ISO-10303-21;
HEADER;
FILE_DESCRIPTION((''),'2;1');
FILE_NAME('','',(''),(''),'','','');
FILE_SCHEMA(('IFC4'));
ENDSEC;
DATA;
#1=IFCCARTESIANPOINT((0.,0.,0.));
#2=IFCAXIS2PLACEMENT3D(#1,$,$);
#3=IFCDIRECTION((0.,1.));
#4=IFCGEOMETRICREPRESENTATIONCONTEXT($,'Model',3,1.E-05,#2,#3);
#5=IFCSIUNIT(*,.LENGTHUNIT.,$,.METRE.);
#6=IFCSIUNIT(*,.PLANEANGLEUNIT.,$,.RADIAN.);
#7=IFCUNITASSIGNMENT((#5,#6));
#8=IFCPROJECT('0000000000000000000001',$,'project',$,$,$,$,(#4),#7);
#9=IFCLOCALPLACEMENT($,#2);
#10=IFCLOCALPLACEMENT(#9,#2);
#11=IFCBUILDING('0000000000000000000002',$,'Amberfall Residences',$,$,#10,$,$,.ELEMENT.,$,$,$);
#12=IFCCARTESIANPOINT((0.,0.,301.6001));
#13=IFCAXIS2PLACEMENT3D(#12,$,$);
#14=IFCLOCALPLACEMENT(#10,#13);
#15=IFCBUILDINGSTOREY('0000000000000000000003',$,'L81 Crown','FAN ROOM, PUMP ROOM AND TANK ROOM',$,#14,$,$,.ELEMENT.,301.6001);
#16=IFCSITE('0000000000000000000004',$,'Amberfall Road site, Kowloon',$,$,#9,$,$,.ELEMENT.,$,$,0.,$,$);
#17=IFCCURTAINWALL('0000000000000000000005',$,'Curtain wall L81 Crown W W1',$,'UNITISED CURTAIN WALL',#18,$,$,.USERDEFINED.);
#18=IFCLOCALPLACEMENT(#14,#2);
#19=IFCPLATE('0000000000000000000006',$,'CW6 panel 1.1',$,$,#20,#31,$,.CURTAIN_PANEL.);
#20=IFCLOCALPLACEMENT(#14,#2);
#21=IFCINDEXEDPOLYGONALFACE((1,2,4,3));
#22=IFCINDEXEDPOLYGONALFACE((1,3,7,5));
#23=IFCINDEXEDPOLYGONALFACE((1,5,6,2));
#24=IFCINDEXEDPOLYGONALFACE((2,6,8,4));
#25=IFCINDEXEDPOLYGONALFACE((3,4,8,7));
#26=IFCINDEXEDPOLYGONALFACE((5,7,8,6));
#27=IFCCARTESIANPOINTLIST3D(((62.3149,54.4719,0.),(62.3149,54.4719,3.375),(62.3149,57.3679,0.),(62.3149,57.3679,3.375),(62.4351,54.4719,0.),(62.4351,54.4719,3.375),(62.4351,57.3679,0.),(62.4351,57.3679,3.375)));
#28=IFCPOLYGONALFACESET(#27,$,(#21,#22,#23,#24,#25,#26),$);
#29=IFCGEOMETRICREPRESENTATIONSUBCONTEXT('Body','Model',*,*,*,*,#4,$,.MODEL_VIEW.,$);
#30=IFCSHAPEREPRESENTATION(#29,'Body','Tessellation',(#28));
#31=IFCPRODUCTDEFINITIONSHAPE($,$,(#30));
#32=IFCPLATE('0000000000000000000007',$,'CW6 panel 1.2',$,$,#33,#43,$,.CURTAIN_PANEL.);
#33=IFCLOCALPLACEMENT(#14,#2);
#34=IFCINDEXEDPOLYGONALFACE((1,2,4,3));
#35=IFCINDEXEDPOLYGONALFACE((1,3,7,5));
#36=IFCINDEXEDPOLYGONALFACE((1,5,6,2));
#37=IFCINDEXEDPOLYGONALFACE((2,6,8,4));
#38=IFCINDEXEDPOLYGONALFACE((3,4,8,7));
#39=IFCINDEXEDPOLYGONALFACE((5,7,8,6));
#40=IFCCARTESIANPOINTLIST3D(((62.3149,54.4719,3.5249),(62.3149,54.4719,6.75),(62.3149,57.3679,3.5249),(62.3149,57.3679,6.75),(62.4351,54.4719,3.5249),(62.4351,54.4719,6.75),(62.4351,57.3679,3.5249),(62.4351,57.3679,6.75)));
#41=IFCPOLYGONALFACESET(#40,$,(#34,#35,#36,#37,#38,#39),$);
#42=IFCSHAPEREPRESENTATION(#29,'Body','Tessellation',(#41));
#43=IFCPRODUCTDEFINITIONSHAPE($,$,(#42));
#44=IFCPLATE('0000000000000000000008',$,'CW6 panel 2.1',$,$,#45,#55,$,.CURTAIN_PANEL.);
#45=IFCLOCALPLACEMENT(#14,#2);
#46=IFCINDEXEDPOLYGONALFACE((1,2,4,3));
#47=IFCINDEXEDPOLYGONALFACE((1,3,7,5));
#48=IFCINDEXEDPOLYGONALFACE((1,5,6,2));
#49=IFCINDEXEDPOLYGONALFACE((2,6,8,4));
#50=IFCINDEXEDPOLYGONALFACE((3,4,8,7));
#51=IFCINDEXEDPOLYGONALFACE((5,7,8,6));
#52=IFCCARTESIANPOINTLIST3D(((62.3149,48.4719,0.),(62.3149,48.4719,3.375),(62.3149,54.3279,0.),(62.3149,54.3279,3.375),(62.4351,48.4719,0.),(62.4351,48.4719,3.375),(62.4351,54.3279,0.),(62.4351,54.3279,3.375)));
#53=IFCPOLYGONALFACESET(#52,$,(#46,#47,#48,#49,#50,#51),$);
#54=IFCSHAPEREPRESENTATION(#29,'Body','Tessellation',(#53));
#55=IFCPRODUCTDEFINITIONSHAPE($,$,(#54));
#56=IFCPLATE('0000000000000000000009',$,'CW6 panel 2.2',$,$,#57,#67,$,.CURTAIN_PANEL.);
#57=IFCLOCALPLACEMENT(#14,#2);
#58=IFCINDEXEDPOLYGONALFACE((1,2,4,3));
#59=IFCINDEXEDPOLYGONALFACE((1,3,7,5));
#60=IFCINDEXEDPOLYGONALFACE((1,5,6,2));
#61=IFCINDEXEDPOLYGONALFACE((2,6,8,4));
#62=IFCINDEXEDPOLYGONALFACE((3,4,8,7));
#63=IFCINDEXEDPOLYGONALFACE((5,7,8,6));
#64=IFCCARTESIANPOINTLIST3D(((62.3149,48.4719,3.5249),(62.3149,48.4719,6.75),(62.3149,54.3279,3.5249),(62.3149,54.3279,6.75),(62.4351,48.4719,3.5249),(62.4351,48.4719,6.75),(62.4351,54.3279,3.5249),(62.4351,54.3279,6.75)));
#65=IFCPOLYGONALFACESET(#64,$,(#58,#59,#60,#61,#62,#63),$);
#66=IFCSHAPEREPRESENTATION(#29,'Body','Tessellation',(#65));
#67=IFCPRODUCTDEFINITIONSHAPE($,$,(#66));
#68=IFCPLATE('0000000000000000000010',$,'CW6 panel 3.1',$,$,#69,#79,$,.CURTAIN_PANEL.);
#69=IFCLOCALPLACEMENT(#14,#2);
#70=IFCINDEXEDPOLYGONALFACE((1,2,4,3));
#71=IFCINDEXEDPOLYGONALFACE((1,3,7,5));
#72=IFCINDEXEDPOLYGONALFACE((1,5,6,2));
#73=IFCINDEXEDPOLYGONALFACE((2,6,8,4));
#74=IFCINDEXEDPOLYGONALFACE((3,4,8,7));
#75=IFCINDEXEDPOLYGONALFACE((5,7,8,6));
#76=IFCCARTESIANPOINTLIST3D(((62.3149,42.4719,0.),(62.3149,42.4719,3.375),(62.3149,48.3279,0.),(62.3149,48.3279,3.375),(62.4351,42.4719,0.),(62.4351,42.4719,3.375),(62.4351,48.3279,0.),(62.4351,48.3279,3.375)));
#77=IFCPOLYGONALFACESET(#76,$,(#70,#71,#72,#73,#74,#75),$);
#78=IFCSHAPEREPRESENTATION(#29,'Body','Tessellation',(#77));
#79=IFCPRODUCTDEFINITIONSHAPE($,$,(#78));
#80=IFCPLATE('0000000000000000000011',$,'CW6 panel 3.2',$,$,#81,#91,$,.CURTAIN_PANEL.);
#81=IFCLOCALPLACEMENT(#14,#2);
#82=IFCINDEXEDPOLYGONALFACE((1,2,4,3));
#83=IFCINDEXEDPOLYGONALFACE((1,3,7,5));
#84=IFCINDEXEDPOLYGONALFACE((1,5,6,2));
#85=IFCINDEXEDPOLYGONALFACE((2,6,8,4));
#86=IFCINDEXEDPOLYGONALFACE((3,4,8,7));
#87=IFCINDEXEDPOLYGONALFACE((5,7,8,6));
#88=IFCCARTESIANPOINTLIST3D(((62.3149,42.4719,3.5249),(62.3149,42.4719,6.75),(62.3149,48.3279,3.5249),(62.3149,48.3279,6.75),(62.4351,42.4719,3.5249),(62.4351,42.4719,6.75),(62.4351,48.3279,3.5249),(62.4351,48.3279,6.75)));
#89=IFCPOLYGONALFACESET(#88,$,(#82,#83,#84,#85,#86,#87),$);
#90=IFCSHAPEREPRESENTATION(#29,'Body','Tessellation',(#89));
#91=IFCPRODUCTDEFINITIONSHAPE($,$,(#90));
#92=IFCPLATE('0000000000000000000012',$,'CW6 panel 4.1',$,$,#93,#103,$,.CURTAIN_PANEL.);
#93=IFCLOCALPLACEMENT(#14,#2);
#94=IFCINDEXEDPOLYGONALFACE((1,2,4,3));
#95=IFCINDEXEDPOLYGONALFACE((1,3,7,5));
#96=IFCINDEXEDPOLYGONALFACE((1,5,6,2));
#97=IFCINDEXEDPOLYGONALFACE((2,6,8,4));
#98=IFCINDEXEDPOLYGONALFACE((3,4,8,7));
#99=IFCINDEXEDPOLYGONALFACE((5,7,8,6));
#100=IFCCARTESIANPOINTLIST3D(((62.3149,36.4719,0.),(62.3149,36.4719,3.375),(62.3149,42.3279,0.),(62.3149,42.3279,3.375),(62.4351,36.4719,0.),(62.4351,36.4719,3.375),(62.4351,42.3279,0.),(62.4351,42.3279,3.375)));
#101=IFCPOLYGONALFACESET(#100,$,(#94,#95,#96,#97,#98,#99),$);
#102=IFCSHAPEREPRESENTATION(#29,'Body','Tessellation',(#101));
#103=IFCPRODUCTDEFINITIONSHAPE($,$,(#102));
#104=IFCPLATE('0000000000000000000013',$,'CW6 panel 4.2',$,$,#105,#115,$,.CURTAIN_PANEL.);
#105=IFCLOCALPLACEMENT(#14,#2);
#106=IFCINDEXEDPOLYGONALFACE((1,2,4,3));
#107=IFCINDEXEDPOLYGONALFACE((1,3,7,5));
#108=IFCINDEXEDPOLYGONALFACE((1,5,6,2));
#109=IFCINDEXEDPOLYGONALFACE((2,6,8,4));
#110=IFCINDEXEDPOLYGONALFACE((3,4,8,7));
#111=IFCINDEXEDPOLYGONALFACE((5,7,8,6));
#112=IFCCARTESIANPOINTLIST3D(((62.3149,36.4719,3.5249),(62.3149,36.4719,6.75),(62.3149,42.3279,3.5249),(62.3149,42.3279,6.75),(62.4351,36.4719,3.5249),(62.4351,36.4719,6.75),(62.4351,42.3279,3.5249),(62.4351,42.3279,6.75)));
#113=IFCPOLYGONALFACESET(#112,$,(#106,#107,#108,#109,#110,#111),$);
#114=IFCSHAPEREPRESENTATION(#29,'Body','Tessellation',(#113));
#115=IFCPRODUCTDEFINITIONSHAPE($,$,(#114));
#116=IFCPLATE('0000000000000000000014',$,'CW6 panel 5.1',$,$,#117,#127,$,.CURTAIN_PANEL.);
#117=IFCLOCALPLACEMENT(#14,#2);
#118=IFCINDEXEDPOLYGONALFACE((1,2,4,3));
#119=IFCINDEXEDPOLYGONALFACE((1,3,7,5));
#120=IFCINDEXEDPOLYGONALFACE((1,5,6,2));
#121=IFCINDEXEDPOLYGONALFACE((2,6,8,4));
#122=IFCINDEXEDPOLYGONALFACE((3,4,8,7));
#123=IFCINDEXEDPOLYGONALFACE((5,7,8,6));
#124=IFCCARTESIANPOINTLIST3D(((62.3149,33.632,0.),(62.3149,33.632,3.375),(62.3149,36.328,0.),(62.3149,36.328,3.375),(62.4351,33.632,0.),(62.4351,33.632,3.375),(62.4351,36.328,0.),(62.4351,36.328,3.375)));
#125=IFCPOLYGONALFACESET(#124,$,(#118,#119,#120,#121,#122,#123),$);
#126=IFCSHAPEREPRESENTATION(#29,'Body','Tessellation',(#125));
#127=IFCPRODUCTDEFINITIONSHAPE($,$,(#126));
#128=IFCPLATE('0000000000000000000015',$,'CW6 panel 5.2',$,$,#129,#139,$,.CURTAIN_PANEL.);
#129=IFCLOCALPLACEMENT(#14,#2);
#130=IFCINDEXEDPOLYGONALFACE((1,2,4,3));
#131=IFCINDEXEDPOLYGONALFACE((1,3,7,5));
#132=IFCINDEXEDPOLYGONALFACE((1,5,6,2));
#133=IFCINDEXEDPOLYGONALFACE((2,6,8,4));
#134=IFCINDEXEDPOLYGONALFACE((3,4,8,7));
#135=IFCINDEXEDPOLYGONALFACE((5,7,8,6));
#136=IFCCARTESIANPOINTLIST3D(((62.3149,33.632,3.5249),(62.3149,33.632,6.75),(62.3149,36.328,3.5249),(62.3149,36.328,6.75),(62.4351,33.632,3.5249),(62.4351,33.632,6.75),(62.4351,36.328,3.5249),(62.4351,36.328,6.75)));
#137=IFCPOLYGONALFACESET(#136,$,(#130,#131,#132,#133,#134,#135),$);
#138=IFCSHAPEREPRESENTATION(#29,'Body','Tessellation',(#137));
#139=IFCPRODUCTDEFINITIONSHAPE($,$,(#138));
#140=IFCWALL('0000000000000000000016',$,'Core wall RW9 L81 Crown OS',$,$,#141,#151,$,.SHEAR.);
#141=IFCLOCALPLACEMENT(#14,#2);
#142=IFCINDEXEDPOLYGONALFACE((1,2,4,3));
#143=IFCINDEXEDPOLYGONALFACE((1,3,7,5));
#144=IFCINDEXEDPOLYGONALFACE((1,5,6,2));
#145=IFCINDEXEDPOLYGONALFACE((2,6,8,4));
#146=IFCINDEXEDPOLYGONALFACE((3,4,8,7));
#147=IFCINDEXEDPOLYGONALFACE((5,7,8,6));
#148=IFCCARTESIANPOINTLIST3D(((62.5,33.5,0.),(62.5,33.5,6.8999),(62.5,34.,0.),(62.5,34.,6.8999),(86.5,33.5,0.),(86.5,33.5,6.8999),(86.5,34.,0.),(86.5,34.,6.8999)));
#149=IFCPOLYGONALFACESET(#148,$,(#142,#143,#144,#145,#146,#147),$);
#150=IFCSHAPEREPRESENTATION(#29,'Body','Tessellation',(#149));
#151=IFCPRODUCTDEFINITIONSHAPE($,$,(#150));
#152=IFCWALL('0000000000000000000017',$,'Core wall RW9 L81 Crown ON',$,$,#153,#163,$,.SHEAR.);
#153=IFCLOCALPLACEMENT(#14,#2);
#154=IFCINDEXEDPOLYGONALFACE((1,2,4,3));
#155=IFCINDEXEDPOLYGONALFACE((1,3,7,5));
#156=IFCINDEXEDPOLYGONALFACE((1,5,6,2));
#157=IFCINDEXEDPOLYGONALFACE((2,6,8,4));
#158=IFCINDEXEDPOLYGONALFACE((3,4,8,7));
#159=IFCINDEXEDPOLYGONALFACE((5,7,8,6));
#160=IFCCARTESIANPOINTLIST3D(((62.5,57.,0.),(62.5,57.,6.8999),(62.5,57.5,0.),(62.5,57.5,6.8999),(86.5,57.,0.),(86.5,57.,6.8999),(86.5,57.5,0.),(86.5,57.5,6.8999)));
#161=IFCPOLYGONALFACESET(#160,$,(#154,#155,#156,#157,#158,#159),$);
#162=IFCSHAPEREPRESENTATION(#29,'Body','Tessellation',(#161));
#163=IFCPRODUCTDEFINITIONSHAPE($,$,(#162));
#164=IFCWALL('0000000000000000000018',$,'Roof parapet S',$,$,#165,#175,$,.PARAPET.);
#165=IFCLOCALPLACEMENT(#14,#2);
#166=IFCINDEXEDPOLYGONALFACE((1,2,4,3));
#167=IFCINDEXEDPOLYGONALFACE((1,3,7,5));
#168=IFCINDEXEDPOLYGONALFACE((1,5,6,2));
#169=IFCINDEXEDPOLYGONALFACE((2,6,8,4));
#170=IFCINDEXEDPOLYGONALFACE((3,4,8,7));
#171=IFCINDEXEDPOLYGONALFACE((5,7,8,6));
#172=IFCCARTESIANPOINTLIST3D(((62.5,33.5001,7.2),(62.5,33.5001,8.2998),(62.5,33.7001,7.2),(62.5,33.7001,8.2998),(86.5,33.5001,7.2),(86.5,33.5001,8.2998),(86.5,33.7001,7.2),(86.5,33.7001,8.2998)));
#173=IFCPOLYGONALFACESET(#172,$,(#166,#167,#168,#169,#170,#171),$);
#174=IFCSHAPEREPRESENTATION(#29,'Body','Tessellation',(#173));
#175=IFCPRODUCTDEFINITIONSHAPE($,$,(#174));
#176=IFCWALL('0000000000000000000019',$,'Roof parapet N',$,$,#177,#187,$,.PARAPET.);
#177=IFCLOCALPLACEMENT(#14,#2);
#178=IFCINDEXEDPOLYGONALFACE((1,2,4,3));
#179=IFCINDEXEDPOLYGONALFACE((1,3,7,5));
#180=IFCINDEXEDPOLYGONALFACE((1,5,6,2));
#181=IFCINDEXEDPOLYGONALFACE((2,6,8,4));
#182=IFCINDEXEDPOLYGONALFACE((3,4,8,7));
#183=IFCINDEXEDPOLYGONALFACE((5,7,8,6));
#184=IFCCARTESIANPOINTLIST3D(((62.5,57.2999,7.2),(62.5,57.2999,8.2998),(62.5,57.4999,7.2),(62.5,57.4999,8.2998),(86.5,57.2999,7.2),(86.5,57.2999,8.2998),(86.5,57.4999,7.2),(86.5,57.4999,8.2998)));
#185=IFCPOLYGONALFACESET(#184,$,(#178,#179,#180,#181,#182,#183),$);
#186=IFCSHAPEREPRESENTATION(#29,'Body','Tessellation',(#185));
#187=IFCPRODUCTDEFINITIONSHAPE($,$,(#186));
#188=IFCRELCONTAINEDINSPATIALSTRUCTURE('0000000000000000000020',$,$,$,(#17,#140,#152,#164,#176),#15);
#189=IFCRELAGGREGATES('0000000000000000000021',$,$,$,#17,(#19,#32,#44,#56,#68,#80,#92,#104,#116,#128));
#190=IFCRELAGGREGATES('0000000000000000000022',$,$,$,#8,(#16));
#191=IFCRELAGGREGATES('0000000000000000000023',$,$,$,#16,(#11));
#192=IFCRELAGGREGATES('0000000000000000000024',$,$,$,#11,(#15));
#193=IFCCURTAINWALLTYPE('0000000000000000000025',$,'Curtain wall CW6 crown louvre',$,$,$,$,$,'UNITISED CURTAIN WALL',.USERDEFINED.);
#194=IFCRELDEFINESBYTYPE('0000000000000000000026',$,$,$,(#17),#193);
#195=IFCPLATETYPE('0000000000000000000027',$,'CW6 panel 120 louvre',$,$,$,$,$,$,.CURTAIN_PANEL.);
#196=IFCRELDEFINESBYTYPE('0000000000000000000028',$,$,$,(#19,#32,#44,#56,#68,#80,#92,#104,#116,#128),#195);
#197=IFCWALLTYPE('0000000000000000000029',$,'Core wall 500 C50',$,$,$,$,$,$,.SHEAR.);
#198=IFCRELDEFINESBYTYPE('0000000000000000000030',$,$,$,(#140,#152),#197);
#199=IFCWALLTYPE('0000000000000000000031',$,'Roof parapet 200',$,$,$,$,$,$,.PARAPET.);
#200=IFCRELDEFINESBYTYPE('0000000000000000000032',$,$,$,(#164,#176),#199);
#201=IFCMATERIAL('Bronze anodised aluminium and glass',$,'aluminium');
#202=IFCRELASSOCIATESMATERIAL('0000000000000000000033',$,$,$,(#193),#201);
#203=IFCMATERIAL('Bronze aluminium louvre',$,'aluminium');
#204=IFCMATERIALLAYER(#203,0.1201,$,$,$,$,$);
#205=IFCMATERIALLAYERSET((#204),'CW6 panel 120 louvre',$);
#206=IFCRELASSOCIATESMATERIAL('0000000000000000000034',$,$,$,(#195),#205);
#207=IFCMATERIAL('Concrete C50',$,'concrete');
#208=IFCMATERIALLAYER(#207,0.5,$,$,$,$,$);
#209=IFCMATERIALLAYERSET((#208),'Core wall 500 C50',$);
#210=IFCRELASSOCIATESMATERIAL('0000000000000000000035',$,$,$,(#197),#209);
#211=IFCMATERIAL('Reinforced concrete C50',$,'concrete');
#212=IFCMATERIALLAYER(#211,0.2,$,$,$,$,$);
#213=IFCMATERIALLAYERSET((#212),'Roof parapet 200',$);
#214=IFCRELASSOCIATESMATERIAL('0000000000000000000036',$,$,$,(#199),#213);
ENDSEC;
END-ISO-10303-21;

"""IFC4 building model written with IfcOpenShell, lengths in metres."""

from ifc_helpers import new_model, si_unit, direction, frame, frame_2d, origin, origin_2d, place, context, subcontext, project, spatial, rectangle, extrude, material, layer, layer_set, type_object, element, aggregate, save


model = new_model("IFC4")

# Units and contexts
model_context = context("Model", 3, precision=1e-05, world=origin(), true_north=direction((0.0, 1.0)))
body_context = subcontext(model_context, "Body", "Model", "MODEL_VIEW")
ifc_project = project(units=[si_unit("LENGTHUNIT", "METRE"), si_unit("PLANEANGLEUNIT", "RADIAN")], contexts=[model_context])

# Site, building, storey
site_placement = place(None, origin())
site = spatial("IfcSite", under=ifc_project, at=site_placement, Name="Amberfall Road site, Kowloon", CompositionType="ELEMENT", RefElevation=0.0)
building_placement = place(site_placement, origin())
building = spatial("IfcBuilding", under=site, at=building_placement, Name="Amberfall Residences", CompositionType="ELEMENT")
storey_placement = place(building_placement, frame((0.0, 0.0, 301.6001)))
storey = spatial("IfcBuildingStorey", under=building, at=storey_placement, Name="L81 Crown", Description="FAN ROOM, PUMP ROOM AND TANK ROOM", CompositionType="ELEMENT", Elevation=301.6001)

# Shared definitions
ifc_material_1 = material(Name="Bronze anodised aluminium and glass", Category="aluminium")
curtain_wall_type = type_object("IfcCurtainWallType", Name="Curtain wall CW6 crown louvre", ElementType="UNITISED CURTAIN WALL", PredefinedType="USERDEFINED", material=ifc_material_1)

# Curtain wall, plates
curtain_wall_1_placement = place(storey_placement, origin())
curtain_wall_1 = element("IfcCurtainWall", 1, at=curtain_wall_1_placement, inside=storey, type_object=curtain_wall_type, Name="Curtain wall L81 Crown W W1", ObjectType="UNITISED CURTAIN WALL", PredefinedType="USERDEFINED")
ifc_material_2 = material(Name="Bronze aluminium louvre", Category="aluminium")
ifc_layer_1 = layer(ifc_material_2, 0.1201)
ifc_layer_set_1 = layer_set([ifc_layer_1], Name="CW6 panel 120 louvre")
plate_type = type_object("IfcPlateType", Name="CW6 panel 120 louvre", PredefinedType="CURTAIN_PANEL", material=ifc_layer_set_1)
plate_1_placement = place(storey_placement, frame((62.375, 55.9199, 0.0), z_axis=(0.0, 0.0, 1.0), x_axis=(0.0, -1.0, 0.0)))
plate_1 = element("IfcPlate", 2, at=plate_1_placement, type_object=plate_type, Name="CW6 panel 1.1", PredefinedType="CURTAIN_PANEL", context=body_context, shape_type="SweptSolid", body=[
    extrude(rectangle(XDim=2.896, YDim=0.1201, at=origin_2d()), origin(), (0.0, 0.0, 1.0), 3.375),
])
plate_2_placement = place(storey_placement, frame((62.375, 55.9199, 3.5249), z_axis=(0.0, 0.0, 1.0), x_axis=(0.0, -1.0, 0.0)))
plate_2 = element("IfcPlate", 3, at=plate_2_placement, type_object=plate_type, Name="CW6 panel 1.2", PredefinedType="CURTAIN_PANEL", context=body_context, shape_type="SweptSolid", body=[
    extrude(rectangle(XDim=2.896, YDim=0.1201, at=origin_2d()), origin(), (0.0, 0.0, 1.0), 3.2251),
])
plate_3_placement = place(storey_placement, frame((62.375, 51.3999, 0.0), z_axis=(0.0, 0.0, 1.0), x_axis=(0.0, -1.0, 0.0)))
plate_3 = element("IfcPlate", 4, at=plate_3_placement, type_object=plate_type, Name="CW6 panel 2.1", PredefinedType="CURTAIN_PANEL", context=body_context, shape_type="SweptSolid", body=[
    extrude(rectangle(XDim=5.856, YDim=0.1201, at=origin_2d()), origin(), (0.0, 0.0, 1.0), 3.375),
])
plate_4_placement = place(storey_placement, frame((62.375, 51.3999, 3.5249), z_axis=(0.0, 0.0, 1.0), x_axis=(0.0, -1.0, 0.0)))
plate_4 = element("IfcPlate", 5, at=plate_4_placement, type_object=plate_type, Name="CW6 panel 2.2", PredefinedType="CURTAIN_PANEL", context=body_context, shape_type="SweptSolid", body=[
    extrude(rectangle(XDim=5.856, YDim=0.1201, at=origin_2d()), origin(), (0.0, 0.0, 1.0), 3.2251),
])
plate_5_placement = place(storey_placement, frame((62.375, 45.3999, 0.0), z_axis=(0.0, 0.0, 1.0), x_axis=(0.0, -1.0, 0.0)))
plate_5 = element("IfcPlate", 6, at=plate_5_placement, type_object=plate_type, Name="CW6 panel 3.1", PredefinedType="CURTAIN_PANEL", context=body_context, shape_type="SweptSolid", body=[
    extrude(rectangle(XDim=5.856, YDim=0.1201, at=origin_2d()), origin(), (0.0, 0.0, 1.0), 3.375),
])
plate_6_placement = place(storey_placement, frame((62.375, 45.3999, 3.5249), z_axis=(0.0, 0.0, 1.0), x_axis=(0.0, -1.0, 0.0)))
plate_6 = element("IfcPlate", 7, at=plate_6_placement, type_object=plate_type, Name="CW6 panel 3.2", PredefinedType="CURTAIN_PANEL", context=body_context, shape_type="SweptSolid", body=[
    extrude(rectangle(XDim=5.856, YDim=0.1201, at=origin_2d()), origin(), (0.0, 0.0, 1.0), 3.2251),
])
plate_7_placement = place(storey_placement, frame((62.375, 39.3999, 0.0), z_axis=(0.0, 0.0, 1.0), x_axis=(0.0, -1.0, 0.0)))
plate_7 = element("IfcPlate", 8, at=plate_7_placement, type_object=plate_type, Name="CW6 panel 4.1", PredefinedType="CURTAIN_PANEL", context=body_context, shape_type="SweptSolid", body=[
    extrude(rectangle(XDim=5.856, YDim=0.1201, at=origin_2d()), origin(), (0.0, 0.0, 1.0), 3.375),
])
plate_8_placement = place(storey_placement, frame((62.375, 39.3999, 3.5249), z_axis=(0.0, 0.0, 1.0), x_axis=(0.0, -1.0, 0.0)))
plate_8 = element("IfcPlate", 9, at=plate_8_placement, type_object=plate_type, Name="CW6 panel 4.2", PredefinedType="CURTAIN_PANEL", context=body_context, shape_type="SweptSolid", body=[
    extrude(rectangle(XDim=5.856, YDim=0.1201, at=origin_2d()), origin(), (0.0, 0.0, 1.0), 3.2251),
])
plate_9_placement = place(storey_placement, frame((62.375, 34.98, 0.0), z_axis=(0.0, 0.0, 1.0), x_axis=(0.0, -1.0, 0.0)))
plate_9 = element("IfcPlate", 10, at=plate_9_placement, type_object=plate_type, Name="CW6 panel 5.1", PredefinedType="CURTAIN_PANEL", context=body_context, shape_type="SweptSolid", body=[
    extrude(rectangle(XDim=2.696, YDim=0.1201, at=origin_2d()), origin(), (0.0, 0.0, 1.0), 3.375),
])
plate_10_placement = place(storey_placement, frame((62.375, 34.98, 3.5249), z_axis=(0.0, 0.0, 1.0), x_axis=(0.0, -1.0, 0.0)))
plate_10 = element("IfcPlate", 11, at=plate_10_placement, type_object=plate_type, Name="CW6 panel 5.2", PredefinedType="CURTAIN_PANEL", context=body_context, shape_type="SweptSolid", body=[
    extrude(rectangle(XDim=2.696, YDim=0.1201, at=origin_2d()), origin(), (0.0, 0.0, 1.0), 3.2251),
])
aggregate(curtain_wall_1, [plate_1, plate_2, plate_3, plate_4, plate_5, plate_6, plate_7, plate_8, plate_9, plate_10])

# Walls
ifc_material_3 = material(Name="Concrete C50", Category="concrete")
ifc_layer_2 = layer(ifc_material_3, 0.5)
ifc_layer_set_2 = layer_set([ifc_layer_2], Name="Core wall 500 C50")
wall_type_1 = type_object("IfcWallType", Name="Core wall 500 C50", PredefinedType="SHEAR", material=ifc_layer_set_2)
for number, where, z_axis, x_axis, name in (
    (12, (62.5, 33.75, 0.0), (0.0, 0.0, 1.0), (1.0, 0.0, 0.0), "Core wall RW9 L81 Crown OS"),
    (13, (62.5, 57.25, 0.0), (0.0, 0.0, 1.0), (1.0, 0.0, 0.0), "Core wall RW9 L81 Crown ON"),
):
    element("IfcWall", number, at=place(storey_placement, frame(where, z_axis=z_axis, x_axis=x_axis)), inside=storey, type_object=wall_type_1, Name=name, PredefinedType="SHEAR", context=body_context, shape_type="SweptSolid", body=[
        extrude(rectangle(XDim=24.0, YDim=0.5, at=frame_2d((12.0, 0.0))), origin(), (0.0, 0.0, 1.0), 6.8999),
    ])
ifc_material_4 = material(Name="Reinforced concrete C50", Category="concrete")
ifc_layer_3 = layer(ifc_material_4, 0.2)
ifc_layer_set_3 = layer_set([ifc_layer_3], Name="Roof parapet 200")
wall_type_2 = type_object("IfcWallType", Name="Roof parapet 200", PredefinedType="PARAPET", material=ifc_layer_set_3)
for number, where, z_axis, x_axis, name in (
    (14, (62.5, 33.6001, 7.2), (0.0, 0.0, 1.0), (1.0, 0.0, 0.0), "Roof parapet S"),
    (15, (62.5, 57.3999, 7.2), (0.0, 0.0, 1.0), (1.0, 0.0, 0.0), "Roof parapet N"),
):
    element("IfcWall", number, at=place(storey_placement, frame(where, z_axis=z_axis, x_axis=x_axis)), inside=storey, type_object=wall_type_2, Name=name, PredefinedType="PARAPET", context=body_context, shape_type="SweptSolid", body=[
        extrude(rectangle(XDim=24.0, YDim=0.2, at=frame_2d((12.0, 0.0))), origin(), (0.0, 0.0, 1.0), 1.0999),
    ])

save(model, "model.ifc")
